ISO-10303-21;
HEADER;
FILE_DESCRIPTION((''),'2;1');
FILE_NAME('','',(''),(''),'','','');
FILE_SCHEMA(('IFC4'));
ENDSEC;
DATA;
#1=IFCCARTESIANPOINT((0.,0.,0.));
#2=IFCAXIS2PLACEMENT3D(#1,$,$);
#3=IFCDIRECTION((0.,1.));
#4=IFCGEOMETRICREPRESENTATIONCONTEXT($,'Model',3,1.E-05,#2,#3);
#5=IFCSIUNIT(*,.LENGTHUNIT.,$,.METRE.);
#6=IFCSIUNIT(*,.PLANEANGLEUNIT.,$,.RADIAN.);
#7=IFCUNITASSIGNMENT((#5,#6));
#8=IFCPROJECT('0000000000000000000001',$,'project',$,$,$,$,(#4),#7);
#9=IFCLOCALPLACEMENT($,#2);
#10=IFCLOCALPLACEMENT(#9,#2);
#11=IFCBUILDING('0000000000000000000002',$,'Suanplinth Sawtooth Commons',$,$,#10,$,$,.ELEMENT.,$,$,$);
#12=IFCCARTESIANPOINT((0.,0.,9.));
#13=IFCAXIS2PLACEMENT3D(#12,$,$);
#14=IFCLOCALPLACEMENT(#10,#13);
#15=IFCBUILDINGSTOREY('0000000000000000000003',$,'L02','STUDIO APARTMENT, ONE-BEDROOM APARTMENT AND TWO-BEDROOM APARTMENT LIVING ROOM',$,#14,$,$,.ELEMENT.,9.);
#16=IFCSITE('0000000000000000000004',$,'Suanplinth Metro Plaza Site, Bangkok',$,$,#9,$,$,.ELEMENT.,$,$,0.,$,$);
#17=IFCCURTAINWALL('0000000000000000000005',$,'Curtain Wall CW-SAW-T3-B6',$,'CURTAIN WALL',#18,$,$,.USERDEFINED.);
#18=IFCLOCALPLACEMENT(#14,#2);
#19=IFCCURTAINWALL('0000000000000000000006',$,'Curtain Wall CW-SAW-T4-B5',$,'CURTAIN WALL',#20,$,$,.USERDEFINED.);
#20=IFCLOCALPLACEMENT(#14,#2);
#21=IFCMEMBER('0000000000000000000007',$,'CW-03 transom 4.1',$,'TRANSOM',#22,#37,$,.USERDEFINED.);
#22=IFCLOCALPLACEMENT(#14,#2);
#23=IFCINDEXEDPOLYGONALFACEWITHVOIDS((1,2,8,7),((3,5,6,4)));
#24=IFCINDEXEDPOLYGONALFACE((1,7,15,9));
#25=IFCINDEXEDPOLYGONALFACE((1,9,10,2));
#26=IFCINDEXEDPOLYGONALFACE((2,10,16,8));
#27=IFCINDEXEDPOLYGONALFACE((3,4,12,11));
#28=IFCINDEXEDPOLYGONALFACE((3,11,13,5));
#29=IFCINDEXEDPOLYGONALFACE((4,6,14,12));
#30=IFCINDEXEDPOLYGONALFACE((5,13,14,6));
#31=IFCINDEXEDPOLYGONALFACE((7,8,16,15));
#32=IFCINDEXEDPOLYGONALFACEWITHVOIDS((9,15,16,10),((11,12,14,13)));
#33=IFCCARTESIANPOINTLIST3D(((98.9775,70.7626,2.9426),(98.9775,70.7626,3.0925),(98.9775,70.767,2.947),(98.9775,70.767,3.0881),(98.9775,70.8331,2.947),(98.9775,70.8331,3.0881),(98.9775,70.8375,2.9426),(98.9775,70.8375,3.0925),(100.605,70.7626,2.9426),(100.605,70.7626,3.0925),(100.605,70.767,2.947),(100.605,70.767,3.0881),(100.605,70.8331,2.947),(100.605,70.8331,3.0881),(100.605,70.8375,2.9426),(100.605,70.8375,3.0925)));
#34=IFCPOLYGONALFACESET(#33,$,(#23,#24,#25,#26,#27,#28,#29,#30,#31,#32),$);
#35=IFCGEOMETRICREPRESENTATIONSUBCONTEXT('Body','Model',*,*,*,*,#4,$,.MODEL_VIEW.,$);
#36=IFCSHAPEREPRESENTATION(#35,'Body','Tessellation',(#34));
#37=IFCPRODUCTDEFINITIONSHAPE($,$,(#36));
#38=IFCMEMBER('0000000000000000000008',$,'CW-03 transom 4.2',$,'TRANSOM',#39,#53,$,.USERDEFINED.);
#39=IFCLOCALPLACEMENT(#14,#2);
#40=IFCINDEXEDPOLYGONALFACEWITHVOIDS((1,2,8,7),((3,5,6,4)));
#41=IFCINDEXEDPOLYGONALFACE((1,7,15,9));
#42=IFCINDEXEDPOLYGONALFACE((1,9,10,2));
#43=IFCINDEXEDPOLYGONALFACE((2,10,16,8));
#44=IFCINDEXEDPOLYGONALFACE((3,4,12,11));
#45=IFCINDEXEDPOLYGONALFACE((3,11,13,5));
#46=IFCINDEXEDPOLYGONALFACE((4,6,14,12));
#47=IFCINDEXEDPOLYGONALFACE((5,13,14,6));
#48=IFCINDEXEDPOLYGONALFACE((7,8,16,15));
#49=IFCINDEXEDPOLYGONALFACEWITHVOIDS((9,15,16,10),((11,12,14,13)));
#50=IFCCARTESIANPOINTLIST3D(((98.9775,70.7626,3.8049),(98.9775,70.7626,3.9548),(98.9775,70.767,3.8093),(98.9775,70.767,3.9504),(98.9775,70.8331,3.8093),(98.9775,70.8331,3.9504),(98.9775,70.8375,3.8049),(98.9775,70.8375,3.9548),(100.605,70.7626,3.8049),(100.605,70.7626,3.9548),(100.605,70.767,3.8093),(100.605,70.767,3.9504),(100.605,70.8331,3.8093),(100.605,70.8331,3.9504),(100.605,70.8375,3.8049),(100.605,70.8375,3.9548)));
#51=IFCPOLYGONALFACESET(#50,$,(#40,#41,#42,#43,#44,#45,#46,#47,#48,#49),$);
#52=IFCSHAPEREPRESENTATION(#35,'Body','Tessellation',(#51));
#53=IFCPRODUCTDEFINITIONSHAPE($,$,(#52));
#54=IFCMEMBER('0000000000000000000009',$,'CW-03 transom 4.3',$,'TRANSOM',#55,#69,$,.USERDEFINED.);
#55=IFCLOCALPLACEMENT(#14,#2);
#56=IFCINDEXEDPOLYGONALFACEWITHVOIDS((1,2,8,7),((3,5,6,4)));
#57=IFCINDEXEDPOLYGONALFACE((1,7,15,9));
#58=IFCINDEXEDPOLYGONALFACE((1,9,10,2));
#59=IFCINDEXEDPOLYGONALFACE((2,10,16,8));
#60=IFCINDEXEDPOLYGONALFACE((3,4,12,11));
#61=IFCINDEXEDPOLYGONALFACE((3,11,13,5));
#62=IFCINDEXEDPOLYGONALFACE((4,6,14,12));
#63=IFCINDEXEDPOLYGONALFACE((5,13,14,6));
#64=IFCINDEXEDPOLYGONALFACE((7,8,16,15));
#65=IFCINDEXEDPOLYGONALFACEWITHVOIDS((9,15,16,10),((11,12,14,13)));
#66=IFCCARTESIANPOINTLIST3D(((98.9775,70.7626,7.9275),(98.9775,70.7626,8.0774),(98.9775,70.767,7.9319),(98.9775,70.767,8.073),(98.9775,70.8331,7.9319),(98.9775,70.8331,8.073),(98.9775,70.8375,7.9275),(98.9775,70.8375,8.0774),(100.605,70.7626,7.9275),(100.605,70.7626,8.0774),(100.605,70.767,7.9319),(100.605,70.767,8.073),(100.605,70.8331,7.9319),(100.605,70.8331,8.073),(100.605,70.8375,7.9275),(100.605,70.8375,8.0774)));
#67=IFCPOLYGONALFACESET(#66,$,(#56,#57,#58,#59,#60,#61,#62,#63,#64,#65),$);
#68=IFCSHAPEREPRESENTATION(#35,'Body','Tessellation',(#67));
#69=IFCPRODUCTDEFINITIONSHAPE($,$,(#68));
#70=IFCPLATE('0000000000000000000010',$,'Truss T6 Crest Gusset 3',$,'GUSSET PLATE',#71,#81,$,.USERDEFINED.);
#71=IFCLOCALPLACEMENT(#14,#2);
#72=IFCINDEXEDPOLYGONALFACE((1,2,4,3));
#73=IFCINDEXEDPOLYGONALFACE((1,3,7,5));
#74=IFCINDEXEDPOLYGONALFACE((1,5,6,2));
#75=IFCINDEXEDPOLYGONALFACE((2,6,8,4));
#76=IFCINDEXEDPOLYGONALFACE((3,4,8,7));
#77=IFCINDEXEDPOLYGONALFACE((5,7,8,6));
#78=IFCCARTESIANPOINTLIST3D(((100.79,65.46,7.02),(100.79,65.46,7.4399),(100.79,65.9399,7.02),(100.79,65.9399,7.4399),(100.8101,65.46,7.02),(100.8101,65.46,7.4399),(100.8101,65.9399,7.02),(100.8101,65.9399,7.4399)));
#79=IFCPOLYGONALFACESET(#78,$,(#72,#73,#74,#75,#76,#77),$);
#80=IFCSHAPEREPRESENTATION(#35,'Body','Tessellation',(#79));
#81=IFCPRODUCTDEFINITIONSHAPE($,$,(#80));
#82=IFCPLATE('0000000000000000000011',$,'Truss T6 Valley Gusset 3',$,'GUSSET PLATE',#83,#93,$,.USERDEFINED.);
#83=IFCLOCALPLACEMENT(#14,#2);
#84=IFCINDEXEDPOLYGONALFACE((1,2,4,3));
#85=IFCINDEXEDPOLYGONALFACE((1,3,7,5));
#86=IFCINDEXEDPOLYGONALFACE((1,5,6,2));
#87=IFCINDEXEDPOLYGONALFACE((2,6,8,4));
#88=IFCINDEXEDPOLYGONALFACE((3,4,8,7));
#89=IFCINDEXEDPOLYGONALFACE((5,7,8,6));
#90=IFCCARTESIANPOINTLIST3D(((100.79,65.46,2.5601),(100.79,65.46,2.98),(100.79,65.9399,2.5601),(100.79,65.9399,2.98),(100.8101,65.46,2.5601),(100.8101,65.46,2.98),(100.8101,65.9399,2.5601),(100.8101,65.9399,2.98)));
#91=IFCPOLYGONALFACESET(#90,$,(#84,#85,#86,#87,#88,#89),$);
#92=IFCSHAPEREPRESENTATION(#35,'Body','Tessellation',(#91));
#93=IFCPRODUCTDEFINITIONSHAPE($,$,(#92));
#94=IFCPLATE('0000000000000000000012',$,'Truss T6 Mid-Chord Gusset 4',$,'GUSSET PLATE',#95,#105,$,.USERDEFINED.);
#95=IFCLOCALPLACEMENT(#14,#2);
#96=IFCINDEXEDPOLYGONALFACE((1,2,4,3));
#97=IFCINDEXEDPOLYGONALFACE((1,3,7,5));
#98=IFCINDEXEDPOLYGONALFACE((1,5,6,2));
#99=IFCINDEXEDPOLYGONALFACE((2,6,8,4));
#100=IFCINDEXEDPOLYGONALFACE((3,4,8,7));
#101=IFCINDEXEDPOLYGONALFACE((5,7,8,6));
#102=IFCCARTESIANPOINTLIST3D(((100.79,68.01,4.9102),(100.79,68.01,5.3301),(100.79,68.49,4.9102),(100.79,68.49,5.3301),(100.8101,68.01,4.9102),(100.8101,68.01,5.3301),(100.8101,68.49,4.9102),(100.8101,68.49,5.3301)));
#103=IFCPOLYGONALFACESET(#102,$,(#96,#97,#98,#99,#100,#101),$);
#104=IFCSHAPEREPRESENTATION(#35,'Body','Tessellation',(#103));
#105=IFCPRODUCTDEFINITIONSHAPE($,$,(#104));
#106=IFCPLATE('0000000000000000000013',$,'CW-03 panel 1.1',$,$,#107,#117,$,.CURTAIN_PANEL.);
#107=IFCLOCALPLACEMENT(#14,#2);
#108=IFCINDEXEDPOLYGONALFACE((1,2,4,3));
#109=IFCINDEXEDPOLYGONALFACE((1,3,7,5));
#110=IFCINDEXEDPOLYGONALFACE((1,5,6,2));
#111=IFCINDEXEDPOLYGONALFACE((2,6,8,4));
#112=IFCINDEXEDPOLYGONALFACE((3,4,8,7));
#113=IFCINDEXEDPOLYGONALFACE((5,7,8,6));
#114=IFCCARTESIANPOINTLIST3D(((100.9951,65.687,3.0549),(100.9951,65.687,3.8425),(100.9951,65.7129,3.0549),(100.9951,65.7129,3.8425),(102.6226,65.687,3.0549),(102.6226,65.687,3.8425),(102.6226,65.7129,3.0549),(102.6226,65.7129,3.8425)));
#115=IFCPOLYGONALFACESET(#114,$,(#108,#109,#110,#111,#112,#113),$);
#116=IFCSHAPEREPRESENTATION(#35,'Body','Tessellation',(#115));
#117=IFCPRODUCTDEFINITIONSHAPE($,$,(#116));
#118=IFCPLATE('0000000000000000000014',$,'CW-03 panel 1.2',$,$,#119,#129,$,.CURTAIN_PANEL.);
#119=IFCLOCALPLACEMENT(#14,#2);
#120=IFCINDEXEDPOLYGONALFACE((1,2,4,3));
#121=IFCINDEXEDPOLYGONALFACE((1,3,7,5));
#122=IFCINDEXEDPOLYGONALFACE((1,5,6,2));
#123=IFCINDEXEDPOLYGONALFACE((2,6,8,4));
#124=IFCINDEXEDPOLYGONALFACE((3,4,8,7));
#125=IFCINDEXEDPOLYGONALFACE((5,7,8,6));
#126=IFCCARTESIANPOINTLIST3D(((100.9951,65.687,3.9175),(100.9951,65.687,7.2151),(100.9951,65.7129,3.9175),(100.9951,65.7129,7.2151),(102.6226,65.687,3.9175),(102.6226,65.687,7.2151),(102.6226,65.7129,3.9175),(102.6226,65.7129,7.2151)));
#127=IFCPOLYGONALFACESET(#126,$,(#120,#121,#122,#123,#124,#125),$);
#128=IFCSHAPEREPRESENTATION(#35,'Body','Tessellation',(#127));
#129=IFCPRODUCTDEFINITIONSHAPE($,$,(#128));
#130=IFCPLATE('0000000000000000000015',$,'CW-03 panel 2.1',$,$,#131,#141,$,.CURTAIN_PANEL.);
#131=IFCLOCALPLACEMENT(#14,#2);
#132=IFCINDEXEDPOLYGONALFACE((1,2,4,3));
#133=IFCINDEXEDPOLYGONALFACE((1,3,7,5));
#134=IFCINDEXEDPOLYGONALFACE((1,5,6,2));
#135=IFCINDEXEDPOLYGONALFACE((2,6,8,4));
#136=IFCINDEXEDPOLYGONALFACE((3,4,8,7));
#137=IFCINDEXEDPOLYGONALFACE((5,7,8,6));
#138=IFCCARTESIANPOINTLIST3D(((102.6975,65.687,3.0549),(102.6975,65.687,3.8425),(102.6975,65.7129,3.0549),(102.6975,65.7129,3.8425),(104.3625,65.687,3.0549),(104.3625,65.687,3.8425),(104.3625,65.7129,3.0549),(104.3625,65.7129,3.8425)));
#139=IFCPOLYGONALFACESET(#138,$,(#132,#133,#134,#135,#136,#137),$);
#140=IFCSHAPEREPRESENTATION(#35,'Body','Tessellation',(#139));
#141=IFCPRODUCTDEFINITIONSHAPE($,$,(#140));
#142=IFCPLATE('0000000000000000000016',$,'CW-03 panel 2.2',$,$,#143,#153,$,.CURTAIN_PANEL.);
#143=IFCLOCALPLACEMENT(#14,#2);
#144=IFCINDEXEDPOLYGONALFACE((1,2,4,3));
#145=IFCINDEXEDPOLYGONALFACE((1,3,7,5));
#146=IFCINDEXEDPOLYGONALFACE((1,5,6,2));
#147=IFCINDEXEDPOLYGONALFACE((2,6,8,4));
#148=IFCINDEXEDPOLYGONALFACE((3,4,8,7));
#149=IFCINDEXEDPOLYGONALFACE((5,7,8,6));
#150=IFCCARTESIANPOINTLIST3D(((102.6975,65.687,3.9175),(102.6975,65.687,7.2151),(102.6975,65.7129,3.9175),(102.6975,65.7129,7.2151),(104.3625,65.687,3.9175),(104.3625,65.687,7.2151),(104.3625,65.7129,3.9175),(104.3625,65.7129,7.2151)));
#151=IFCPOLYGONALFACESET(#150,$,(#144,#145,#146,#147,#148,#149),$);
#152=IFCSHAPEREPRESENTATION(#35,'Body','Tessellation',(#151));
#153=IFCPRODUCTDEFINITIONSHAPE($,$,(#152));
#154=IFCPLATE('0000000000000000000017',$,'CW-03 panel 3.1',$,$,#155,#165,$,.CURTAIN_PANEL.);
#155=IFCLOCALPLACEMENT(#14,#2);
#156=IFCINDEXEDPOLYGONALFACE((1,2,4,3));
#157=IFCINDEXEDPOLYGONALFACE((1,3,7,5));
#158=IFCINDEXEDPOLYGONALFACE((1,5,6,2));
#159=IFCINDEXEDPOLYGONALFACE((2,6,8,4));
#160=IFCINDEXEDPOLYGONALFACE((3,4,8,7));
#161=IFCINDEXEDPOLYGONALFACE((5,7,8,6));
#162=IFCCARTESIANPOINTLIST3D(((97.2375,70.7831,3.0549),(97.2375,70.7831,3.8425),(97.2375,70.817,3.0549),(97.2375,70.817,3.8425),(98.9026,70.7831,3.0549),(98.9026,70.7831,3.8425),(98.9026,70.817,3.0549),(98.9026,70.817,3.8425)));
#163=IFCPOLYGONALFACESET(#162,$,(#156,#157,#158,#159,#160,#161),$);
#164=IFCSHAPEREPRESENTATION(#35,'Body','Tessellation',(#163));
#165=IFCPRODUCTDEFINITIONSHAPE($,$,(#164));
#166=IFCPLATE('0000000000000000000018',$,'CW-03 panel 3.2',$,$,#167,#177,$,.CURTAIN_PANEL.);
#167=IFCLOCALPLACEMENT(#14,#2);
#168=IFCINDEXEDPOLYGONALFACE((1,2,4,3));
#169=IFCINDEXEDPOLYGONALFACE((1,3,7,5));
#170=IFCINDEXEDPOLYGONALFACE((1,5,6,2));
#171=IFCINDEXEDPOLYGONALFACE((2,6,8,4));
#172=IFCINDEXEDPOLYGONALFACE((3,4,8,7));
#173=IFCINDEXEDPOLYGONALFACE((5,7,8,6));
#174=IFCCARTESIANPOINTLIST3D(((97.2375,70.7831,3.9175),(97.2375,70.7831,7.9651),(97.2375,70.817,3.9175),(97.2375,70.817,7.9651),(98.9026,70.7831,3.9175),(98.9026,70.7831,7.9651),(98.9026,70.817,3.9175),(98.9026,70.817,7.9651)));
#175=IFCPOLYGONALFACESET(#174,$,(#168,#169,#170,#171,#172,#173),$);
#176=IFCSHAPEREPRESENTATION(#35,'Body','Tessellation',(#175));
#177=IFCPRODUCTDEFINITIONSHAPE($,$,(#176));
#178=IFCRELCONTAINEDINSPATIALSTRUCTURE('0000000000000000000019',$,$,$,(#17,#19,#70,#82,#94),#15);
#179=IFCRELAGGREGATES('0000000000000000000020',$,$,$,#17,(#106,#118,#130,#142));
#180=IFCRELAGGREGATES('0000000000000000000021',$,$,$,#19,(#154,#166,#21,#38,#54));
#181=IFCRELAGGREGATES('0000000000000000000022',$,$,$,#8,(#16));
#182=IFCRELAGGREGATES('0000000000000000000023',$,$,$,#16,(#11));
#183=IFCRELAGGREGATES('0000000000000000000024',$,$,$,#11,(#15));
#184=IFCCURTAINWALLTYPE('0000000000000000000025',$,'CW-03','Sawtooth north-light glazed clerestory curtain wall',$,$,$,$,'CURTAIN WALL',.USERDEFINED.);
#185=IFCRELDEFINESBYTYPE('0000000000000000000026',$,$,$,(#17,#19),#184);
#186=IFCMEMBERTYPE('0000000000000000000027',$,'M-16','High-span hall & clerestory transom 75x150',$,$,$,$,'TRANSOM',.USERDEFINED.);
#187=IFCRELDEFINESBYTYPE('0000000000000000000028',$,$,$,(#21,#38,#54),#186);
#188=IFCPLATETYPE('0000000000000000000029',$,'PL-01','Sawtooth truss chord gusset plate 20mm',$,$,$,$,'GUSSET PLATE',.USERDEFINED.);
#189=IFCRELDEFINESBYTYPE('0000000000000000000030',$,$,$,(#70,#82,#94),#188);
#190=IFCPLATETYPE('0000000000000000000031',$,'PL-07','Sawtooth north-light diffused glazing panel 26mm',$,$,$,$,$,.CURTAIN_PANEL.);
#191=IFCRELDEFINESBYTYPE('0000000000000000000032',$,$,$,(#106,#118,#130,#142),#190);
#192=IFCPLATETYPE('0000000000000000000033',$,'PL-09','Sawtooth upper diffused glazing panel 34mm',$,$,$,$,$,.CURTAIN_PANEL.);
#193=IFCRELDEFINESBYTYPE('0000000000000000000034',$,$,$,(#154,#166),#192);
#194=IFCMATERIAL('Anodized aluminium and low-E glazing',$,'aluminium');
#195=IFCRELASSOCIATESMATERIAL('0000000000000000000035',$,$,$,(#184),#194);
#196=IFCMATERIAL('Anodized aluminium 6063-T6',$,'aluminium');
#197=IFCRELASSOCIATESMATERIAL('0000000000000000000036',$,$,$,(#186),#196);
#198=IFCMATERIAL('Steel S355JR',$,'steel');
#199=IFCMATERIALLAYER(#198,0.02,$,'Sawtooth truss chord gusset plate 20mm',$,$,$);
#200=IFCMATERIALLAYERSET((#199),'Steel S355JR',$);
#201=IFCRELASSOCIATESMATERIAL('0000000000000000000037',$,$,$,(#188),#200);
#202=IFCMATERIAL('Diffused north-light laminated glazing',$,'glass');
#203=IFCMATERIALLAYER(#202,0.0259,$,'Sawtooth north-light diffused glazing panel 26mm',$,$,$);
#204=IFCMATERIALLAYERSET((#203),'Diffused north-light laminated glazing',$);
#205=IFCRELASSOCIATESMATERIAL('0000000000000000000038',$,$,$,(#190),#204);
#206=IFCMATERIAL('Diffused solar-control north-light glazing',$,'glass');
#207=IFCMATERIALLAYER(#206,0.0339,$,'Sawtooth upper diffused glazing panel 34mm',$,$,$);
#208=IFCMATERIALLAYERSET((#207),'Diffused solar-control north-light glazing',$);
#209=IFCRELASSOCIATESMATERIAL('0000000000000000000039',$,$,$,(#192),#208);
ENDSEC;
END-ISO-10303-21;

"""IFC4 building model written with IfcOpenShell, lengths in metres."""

from ifc_helpers import new_model, si_unit, direction, frame, origin, origin_2d, place, context, subcontext, project, spatial, rectangle, hollow_rectangle, extrude, material, layer, layer_set, material_profile, profile_set, type_object, element, aggregate, save


model = new_model("IFC4")

# Units and contexts
model_context = context("Model", 3, precision=1e-05, world=origin(), true_north=direction((0.0, 1.0)))
body_context = subcontext(model_context, "Body", "Model", "MODEL_VIEW")
ifc_project = project(units=[si_unit("LENGTHUNIT", "METRE"), si_unit("PLANEANGLEUNIT", "RADIAN")], contexts=[model_context])

# Site, building, storey
site_placement = place(None, origin())
site = spatial("IfcSite", under=ifc_project, at=site_placement, Name="Suanplinth Metro Plaza Site, Bangkok", CompositionType="ELEMENT", RefElevation=0.0)
building_placement = place(site_placement, origin())
building = spatial("IfcBuilding", under=site, at=building_placement, Name="Suanplinth Sawtooth Commons", CompositionType="ELEMENT")
storey_placement = place(building_placement, frame((0.0, 0.0, 9.0)))
storey = spatial("IfcBuildingStorey", under=building, at=storey_placement, Name="L02", Description="STUDIO APARTMENT, ONE-BEDROOM APARTMENT AND TWO-BEDROOM APARTMENT LIVING ROOM", CompositionType="ELEMENT", Elevation=9.0)

# Shared definitions
ifc_material_1 = material(Name="Steel S355JR", Category="steel")

# Shared definitions
ifc_material_2 = material(Name="Anodized aluminium and low-E glazing", Category="aluminium")
curtain_wall_type = type_object("IfcCurtainWallType", Name="CW-03", Description="Sawtooth north-light glazed clerestory curtain wall", ElementType="CURTAIN WALL", PredefinedType="USERDEFINED", material=ifc_material_2)
ifc_material_3 = material(Name="Anodized aluminium 6063-T6", Category="aluminium")

# Curtain wall
curtain_wall_1_placement = place(storey_placement, origin())
curtain_wall_1 = element("IfcCurtainWall", 1, at=curtain_wall_1_placement, inside=storey, type_object=curtain_wall_type, Name="Curtain Wall CW-SAW-T3-B6", ObjectType="CURTAIN WALL", PredefinedType="USERDEFINED")

# Curtain wall
curtain_wall_2_placement = place(storey_placement, origin())
curtain_wall_2 = element("IfcCurtainWall", 2, at=curtain_wall_2_placement, inside=storey, type_object=curtain_wall_type, Name="Curtain Wall CW-SAW-T4-B5", ObjectType="CURTAIN WALL", PredefinedType="USERDEFINED")

# Members
ifc_material_profile_1 = material_profile(ifc_material_3, hollow_rectangle(XDim=0.075, YDim=0.1499, WallThickness=0.0044, at=origin_2d()), Name="ALU-TRN 75x150")
ifc_profile_set_1 = profile_set([ifc_material_profile_1], Name="Anodized aluminium 6063-T6")
member_type_1 = type_object("IfcMemberType", Name="M-16", Description="High-span hall & clerestory transom 75x150", ElementType="TRANSOM", PredefinedType="USERDEFINED", material=ifc_profile_set_1)
member_1_placement = place(storey_placement, frame((98.9775, 70.8, 3.0176), z_axis=(1.0, 0.0, 0.0), x_axis=(0.0, 1.0, 0.0)))
member_1 = element("IfcMember", 3, at=member_1_placement, type_object=member_type_1, Name="CW-03 transom 4.1", ObjectType="TRANSOM", PredefinedType="USERDEFINED", context=body_context, shape_type="SweptSolid", body=[
    extrude(hollow_rectangle(XDim=0.075, YDim=0.1499, WallThickness=0.0044, at=origin_2d()), origin(), (0.0, 0.0, 1.0), 1.6274),
])
member_2_placement = place(storey_placement, frame((98.9775, 70.8, 3.8799), z_axis=(1.0, 0.0, 0.0), x_axis=(0.0, 1.0, 0.0)))
member_2 = element("IfcMember", 4, at=member_2_placement, type_object=member_type_1, Name="CW-03 transom 4.2", ObjectType="TRANSOM", PredefinedType="USERDEFINED", context=body_context, shape_type="SweptSolid", body=[
    extrude(hollow_rectangle(XDim=0.075, YDim=0.1499, WallThickness=0.0044, at=origin_2d()), origin(), (0.0, 0.0, 1.0), 1.6274),
])
member_3_placement = place(storey_placement, frame((98.9775, 70.8, 8.0024), z_axis=(1.0, 0.0, 0.0), x_axis=(0.0, 1.0, 0.0)))
member_3 = element("IfcMember", 5, at=member_3_placement, type_object=member_type_1, Name="CW-03 transom 4.3", ObjectType="TRANSOM", PredefinedType="USERDEFINED", context=body_context, shape_type="SweptSolid", body=[
    extrude(hollow_rectangle(XDim=0.075, YDim=0.1499, WallThickness=0.0044, at=origin_2d()), origin(), (0.0, 0.0, 1.0), 1.6274),
])

# Plates
ifc_layer_1 = layer(ifc_material_1, 0.02, Name="Sawtooth truss chord gusset plate 20mm")
ifc_layer_set_1 = layer_set([ifc_layer_1], Name="Steel S355JR")
plate_type_1 = type_object("IfcPlateType", Name="PL-01", Description="Sawtooth truss chord gusset plate 20mm", ElementType="GUSSET PLATE", PredefinedType="USERDEFINED", material=ifc_layer_set_1)
for number, where, z_axis, x_axis, name in (
    (6, (100.8, 65.7, 7.02), (0.0, 0.0, 1.0), (1.0, 0.0, 0.0), "Truss T6 Crest Gusset 3"),
    (7, (100.8, 65.7, 2.5601), (0.0, 0.0, 1.0), (1.0, 0.0, 0.0), "Truss T6 Valley Gusset 3"),
    (8, (100.8, 68.25, 4.9102), (0.0, 0.0, 1.0), (1.0, 0.0, 0.0), "Truss T6 Mid-Chord Gusset 4"),
):
    element("IfcPlate", number, at=place(storey_placement, frame(where, z_axis=z_axis, x_axis=x_axis)), inside=storey, type_object=plate_type_1, Name=name, ObjectType="GUSSET PLATE", PredefinedType="USERDEFINED", context=body_context, shape_type="SweptSolid", body=[
        extrude(rectangle(XDim=0.02, YDim=0.48, at=origin_2d()), origin(), (0.0, 0.0, 1.0), 0.4199),
    ])

# Plates
ifc_material_4 = material(Name="Diffused north-light laminated glazing", Category="glass")
ifc_layer_2 = layer(ifc_material_4, 0.0259, Name="Sawtooth north-light diffused glazing panel 26mm")
ifc_layer_set_2 = layer_set([ifc_layer_2], Name="Diffused north-light laminated glazing")
plate_type_2 = type_object("IfcPlateType", Name="PL-07", Description="Sawtooth north-light diffused glazing panel 26mm", PredefinedType="CURTAIN_PANEL", material=ifc_layer_set_2)
plate_1_placement = place(storey_placement, frame((101.8088, 65.7, 3.0549), z_axis=(0.0, 0.0, 1.0), x_axis=(1.0, 0.0, 0.0)))
plate_1 = element("IfcPlate", 9, at=plate_1_placement, type_object=plate_type_2, Name="CW-03 panel 1.1", PredefinedType="CURTAIN_PANEL", context=body_context, shape_type="SweptSolid", body=[
    extrude(rectangle(XDim=1.6274, YDim=0.0259, at=origin_2d()), origin(), (0.0, 0.0, 1.0), 0.7876),
])
plate_2_placement = place(storey_placement, frame((101.8088, 65.7, 3.9175), z_axis=(0.0, 0.0, 1.0), x_axis=(1.0, 0.0, 0.0)))
plate_2 = element("IfcPlate", 10, at=plate_2_placement, type_object=plate_type_2, Name="CW-03 panel 1.2", PredefinedType="CURTAIN_PANEL", context=body_context, shape_type="SweptSolid", body=[
    extrude(rectangle(XDim=1.6274, YDim=0.0259, at=origin_2d()), origin(), (0.0, 0.0, 1.0), 3.2976),
])
plate_3_placement = place(storey_placement, frame((103.53, 65.7, 3.0549), z_axis=(0.0, 0.0, 1.0), x_axis=(1.0, 0.0, 0.0)))
plate_3 = element("IfcPlate", 11, at=plate_3_placement, type_object=plate_type_2, Name="CW-03 panel 2.1", PredefinedType="CURTAIN_PANEL", context=body_context, shape_type="SweptSolid", body=[
    extrude(rectangle(XDim=1.665, YDim=0.0259, at=origin_2d()), origin(), (0.0, 0.0, 1.0), 0.7876),
])
plate_4_placement = place(storey_placement, frame((103.53, 65.7, 3.9175), z_axis=(0.0, 0.0, 1.0), x_axis=(1.0, 0.0, 0.0)))
plate_4 = element("IfcPlate", 12, at=plate_4_placement, type_object=plate_type_2, Name="CW-03 panel 2.2", PredefinedType="CURTAIN_PANEL", context=body_context, shape_type="SweptSolid", body=[
    extrude(rectangle(XDim=1.665, YDim=0.0259, at=origin_2d()), origin(), (0.0, 0.0, 1.0), 3.2976),
])
aggregate(curtain_wall_1, [plate_1, plate_2, plate_3, plate_4])
ifc_material_5 = material(Name="Diffused solar-control north-light glazing", Category="glass")
ifc_layer_3 = layer(ifc_material_5, 0.0339, Name="Sawtooth upper diffused glazing panel 34mm")
ifc_layer_set_3 = layer_set([ifc_layer_3], Name="Diffused solar-control north-light glazing")
plate_type_3 = type_object("IfcPlateType", Name="PL-09", Description="Sawtooth upper diffused glazing panel 34mm", PredefinedType="CURTAIN_PANEL", material=ifc_layer_set_3)
plate_5_placement = place(storey_placement, frame((98.0701, 70.8, 3.0549), z_axis=(0.0, 0.0, 1.0), x_axis=(1.0, 0.0, 0.0)))
plate_5 = element("IfcPlate", 13, at=plate_5_placement, type_object=plate_type_3, Name="CW-03 panel 3.1", PredefinedType="CURTAIN_PANEL", context=body_context, shape_type="SweptSolid", body=[
    extrude(rectangle(XDim=1.665, YDim=0.0339, at=origin_2d()), origin(), (0.0, 0.0, 1.0), 0.7876),
])
plate_6_placement = place(storey_placement, frame((98.0701, 70.8, 3.9175), z_axis=(0.0, 0.0, 1.0), x_axis=(1.0, 0.0, 0.0)))
plate_6 = element("IfcPlate", 14, at=plate_6_placement, type_object=plate_type_3, Name="CW-03 panel 3.2", PredefinedType="CURTAIN_PANEL", context=body_context, shape_type="SweptSolid", body=[
    extrude(rectangle(XDim=1.665, YDim=0.0339, at=origin_2d()), origin(), (0.0, 0.0, 1.0), 4.0476),
])
aggregate(curtain_wall_2, [plate_5, plate_6, member_1, member_2, member_3])

save(model, "model.ifc")
